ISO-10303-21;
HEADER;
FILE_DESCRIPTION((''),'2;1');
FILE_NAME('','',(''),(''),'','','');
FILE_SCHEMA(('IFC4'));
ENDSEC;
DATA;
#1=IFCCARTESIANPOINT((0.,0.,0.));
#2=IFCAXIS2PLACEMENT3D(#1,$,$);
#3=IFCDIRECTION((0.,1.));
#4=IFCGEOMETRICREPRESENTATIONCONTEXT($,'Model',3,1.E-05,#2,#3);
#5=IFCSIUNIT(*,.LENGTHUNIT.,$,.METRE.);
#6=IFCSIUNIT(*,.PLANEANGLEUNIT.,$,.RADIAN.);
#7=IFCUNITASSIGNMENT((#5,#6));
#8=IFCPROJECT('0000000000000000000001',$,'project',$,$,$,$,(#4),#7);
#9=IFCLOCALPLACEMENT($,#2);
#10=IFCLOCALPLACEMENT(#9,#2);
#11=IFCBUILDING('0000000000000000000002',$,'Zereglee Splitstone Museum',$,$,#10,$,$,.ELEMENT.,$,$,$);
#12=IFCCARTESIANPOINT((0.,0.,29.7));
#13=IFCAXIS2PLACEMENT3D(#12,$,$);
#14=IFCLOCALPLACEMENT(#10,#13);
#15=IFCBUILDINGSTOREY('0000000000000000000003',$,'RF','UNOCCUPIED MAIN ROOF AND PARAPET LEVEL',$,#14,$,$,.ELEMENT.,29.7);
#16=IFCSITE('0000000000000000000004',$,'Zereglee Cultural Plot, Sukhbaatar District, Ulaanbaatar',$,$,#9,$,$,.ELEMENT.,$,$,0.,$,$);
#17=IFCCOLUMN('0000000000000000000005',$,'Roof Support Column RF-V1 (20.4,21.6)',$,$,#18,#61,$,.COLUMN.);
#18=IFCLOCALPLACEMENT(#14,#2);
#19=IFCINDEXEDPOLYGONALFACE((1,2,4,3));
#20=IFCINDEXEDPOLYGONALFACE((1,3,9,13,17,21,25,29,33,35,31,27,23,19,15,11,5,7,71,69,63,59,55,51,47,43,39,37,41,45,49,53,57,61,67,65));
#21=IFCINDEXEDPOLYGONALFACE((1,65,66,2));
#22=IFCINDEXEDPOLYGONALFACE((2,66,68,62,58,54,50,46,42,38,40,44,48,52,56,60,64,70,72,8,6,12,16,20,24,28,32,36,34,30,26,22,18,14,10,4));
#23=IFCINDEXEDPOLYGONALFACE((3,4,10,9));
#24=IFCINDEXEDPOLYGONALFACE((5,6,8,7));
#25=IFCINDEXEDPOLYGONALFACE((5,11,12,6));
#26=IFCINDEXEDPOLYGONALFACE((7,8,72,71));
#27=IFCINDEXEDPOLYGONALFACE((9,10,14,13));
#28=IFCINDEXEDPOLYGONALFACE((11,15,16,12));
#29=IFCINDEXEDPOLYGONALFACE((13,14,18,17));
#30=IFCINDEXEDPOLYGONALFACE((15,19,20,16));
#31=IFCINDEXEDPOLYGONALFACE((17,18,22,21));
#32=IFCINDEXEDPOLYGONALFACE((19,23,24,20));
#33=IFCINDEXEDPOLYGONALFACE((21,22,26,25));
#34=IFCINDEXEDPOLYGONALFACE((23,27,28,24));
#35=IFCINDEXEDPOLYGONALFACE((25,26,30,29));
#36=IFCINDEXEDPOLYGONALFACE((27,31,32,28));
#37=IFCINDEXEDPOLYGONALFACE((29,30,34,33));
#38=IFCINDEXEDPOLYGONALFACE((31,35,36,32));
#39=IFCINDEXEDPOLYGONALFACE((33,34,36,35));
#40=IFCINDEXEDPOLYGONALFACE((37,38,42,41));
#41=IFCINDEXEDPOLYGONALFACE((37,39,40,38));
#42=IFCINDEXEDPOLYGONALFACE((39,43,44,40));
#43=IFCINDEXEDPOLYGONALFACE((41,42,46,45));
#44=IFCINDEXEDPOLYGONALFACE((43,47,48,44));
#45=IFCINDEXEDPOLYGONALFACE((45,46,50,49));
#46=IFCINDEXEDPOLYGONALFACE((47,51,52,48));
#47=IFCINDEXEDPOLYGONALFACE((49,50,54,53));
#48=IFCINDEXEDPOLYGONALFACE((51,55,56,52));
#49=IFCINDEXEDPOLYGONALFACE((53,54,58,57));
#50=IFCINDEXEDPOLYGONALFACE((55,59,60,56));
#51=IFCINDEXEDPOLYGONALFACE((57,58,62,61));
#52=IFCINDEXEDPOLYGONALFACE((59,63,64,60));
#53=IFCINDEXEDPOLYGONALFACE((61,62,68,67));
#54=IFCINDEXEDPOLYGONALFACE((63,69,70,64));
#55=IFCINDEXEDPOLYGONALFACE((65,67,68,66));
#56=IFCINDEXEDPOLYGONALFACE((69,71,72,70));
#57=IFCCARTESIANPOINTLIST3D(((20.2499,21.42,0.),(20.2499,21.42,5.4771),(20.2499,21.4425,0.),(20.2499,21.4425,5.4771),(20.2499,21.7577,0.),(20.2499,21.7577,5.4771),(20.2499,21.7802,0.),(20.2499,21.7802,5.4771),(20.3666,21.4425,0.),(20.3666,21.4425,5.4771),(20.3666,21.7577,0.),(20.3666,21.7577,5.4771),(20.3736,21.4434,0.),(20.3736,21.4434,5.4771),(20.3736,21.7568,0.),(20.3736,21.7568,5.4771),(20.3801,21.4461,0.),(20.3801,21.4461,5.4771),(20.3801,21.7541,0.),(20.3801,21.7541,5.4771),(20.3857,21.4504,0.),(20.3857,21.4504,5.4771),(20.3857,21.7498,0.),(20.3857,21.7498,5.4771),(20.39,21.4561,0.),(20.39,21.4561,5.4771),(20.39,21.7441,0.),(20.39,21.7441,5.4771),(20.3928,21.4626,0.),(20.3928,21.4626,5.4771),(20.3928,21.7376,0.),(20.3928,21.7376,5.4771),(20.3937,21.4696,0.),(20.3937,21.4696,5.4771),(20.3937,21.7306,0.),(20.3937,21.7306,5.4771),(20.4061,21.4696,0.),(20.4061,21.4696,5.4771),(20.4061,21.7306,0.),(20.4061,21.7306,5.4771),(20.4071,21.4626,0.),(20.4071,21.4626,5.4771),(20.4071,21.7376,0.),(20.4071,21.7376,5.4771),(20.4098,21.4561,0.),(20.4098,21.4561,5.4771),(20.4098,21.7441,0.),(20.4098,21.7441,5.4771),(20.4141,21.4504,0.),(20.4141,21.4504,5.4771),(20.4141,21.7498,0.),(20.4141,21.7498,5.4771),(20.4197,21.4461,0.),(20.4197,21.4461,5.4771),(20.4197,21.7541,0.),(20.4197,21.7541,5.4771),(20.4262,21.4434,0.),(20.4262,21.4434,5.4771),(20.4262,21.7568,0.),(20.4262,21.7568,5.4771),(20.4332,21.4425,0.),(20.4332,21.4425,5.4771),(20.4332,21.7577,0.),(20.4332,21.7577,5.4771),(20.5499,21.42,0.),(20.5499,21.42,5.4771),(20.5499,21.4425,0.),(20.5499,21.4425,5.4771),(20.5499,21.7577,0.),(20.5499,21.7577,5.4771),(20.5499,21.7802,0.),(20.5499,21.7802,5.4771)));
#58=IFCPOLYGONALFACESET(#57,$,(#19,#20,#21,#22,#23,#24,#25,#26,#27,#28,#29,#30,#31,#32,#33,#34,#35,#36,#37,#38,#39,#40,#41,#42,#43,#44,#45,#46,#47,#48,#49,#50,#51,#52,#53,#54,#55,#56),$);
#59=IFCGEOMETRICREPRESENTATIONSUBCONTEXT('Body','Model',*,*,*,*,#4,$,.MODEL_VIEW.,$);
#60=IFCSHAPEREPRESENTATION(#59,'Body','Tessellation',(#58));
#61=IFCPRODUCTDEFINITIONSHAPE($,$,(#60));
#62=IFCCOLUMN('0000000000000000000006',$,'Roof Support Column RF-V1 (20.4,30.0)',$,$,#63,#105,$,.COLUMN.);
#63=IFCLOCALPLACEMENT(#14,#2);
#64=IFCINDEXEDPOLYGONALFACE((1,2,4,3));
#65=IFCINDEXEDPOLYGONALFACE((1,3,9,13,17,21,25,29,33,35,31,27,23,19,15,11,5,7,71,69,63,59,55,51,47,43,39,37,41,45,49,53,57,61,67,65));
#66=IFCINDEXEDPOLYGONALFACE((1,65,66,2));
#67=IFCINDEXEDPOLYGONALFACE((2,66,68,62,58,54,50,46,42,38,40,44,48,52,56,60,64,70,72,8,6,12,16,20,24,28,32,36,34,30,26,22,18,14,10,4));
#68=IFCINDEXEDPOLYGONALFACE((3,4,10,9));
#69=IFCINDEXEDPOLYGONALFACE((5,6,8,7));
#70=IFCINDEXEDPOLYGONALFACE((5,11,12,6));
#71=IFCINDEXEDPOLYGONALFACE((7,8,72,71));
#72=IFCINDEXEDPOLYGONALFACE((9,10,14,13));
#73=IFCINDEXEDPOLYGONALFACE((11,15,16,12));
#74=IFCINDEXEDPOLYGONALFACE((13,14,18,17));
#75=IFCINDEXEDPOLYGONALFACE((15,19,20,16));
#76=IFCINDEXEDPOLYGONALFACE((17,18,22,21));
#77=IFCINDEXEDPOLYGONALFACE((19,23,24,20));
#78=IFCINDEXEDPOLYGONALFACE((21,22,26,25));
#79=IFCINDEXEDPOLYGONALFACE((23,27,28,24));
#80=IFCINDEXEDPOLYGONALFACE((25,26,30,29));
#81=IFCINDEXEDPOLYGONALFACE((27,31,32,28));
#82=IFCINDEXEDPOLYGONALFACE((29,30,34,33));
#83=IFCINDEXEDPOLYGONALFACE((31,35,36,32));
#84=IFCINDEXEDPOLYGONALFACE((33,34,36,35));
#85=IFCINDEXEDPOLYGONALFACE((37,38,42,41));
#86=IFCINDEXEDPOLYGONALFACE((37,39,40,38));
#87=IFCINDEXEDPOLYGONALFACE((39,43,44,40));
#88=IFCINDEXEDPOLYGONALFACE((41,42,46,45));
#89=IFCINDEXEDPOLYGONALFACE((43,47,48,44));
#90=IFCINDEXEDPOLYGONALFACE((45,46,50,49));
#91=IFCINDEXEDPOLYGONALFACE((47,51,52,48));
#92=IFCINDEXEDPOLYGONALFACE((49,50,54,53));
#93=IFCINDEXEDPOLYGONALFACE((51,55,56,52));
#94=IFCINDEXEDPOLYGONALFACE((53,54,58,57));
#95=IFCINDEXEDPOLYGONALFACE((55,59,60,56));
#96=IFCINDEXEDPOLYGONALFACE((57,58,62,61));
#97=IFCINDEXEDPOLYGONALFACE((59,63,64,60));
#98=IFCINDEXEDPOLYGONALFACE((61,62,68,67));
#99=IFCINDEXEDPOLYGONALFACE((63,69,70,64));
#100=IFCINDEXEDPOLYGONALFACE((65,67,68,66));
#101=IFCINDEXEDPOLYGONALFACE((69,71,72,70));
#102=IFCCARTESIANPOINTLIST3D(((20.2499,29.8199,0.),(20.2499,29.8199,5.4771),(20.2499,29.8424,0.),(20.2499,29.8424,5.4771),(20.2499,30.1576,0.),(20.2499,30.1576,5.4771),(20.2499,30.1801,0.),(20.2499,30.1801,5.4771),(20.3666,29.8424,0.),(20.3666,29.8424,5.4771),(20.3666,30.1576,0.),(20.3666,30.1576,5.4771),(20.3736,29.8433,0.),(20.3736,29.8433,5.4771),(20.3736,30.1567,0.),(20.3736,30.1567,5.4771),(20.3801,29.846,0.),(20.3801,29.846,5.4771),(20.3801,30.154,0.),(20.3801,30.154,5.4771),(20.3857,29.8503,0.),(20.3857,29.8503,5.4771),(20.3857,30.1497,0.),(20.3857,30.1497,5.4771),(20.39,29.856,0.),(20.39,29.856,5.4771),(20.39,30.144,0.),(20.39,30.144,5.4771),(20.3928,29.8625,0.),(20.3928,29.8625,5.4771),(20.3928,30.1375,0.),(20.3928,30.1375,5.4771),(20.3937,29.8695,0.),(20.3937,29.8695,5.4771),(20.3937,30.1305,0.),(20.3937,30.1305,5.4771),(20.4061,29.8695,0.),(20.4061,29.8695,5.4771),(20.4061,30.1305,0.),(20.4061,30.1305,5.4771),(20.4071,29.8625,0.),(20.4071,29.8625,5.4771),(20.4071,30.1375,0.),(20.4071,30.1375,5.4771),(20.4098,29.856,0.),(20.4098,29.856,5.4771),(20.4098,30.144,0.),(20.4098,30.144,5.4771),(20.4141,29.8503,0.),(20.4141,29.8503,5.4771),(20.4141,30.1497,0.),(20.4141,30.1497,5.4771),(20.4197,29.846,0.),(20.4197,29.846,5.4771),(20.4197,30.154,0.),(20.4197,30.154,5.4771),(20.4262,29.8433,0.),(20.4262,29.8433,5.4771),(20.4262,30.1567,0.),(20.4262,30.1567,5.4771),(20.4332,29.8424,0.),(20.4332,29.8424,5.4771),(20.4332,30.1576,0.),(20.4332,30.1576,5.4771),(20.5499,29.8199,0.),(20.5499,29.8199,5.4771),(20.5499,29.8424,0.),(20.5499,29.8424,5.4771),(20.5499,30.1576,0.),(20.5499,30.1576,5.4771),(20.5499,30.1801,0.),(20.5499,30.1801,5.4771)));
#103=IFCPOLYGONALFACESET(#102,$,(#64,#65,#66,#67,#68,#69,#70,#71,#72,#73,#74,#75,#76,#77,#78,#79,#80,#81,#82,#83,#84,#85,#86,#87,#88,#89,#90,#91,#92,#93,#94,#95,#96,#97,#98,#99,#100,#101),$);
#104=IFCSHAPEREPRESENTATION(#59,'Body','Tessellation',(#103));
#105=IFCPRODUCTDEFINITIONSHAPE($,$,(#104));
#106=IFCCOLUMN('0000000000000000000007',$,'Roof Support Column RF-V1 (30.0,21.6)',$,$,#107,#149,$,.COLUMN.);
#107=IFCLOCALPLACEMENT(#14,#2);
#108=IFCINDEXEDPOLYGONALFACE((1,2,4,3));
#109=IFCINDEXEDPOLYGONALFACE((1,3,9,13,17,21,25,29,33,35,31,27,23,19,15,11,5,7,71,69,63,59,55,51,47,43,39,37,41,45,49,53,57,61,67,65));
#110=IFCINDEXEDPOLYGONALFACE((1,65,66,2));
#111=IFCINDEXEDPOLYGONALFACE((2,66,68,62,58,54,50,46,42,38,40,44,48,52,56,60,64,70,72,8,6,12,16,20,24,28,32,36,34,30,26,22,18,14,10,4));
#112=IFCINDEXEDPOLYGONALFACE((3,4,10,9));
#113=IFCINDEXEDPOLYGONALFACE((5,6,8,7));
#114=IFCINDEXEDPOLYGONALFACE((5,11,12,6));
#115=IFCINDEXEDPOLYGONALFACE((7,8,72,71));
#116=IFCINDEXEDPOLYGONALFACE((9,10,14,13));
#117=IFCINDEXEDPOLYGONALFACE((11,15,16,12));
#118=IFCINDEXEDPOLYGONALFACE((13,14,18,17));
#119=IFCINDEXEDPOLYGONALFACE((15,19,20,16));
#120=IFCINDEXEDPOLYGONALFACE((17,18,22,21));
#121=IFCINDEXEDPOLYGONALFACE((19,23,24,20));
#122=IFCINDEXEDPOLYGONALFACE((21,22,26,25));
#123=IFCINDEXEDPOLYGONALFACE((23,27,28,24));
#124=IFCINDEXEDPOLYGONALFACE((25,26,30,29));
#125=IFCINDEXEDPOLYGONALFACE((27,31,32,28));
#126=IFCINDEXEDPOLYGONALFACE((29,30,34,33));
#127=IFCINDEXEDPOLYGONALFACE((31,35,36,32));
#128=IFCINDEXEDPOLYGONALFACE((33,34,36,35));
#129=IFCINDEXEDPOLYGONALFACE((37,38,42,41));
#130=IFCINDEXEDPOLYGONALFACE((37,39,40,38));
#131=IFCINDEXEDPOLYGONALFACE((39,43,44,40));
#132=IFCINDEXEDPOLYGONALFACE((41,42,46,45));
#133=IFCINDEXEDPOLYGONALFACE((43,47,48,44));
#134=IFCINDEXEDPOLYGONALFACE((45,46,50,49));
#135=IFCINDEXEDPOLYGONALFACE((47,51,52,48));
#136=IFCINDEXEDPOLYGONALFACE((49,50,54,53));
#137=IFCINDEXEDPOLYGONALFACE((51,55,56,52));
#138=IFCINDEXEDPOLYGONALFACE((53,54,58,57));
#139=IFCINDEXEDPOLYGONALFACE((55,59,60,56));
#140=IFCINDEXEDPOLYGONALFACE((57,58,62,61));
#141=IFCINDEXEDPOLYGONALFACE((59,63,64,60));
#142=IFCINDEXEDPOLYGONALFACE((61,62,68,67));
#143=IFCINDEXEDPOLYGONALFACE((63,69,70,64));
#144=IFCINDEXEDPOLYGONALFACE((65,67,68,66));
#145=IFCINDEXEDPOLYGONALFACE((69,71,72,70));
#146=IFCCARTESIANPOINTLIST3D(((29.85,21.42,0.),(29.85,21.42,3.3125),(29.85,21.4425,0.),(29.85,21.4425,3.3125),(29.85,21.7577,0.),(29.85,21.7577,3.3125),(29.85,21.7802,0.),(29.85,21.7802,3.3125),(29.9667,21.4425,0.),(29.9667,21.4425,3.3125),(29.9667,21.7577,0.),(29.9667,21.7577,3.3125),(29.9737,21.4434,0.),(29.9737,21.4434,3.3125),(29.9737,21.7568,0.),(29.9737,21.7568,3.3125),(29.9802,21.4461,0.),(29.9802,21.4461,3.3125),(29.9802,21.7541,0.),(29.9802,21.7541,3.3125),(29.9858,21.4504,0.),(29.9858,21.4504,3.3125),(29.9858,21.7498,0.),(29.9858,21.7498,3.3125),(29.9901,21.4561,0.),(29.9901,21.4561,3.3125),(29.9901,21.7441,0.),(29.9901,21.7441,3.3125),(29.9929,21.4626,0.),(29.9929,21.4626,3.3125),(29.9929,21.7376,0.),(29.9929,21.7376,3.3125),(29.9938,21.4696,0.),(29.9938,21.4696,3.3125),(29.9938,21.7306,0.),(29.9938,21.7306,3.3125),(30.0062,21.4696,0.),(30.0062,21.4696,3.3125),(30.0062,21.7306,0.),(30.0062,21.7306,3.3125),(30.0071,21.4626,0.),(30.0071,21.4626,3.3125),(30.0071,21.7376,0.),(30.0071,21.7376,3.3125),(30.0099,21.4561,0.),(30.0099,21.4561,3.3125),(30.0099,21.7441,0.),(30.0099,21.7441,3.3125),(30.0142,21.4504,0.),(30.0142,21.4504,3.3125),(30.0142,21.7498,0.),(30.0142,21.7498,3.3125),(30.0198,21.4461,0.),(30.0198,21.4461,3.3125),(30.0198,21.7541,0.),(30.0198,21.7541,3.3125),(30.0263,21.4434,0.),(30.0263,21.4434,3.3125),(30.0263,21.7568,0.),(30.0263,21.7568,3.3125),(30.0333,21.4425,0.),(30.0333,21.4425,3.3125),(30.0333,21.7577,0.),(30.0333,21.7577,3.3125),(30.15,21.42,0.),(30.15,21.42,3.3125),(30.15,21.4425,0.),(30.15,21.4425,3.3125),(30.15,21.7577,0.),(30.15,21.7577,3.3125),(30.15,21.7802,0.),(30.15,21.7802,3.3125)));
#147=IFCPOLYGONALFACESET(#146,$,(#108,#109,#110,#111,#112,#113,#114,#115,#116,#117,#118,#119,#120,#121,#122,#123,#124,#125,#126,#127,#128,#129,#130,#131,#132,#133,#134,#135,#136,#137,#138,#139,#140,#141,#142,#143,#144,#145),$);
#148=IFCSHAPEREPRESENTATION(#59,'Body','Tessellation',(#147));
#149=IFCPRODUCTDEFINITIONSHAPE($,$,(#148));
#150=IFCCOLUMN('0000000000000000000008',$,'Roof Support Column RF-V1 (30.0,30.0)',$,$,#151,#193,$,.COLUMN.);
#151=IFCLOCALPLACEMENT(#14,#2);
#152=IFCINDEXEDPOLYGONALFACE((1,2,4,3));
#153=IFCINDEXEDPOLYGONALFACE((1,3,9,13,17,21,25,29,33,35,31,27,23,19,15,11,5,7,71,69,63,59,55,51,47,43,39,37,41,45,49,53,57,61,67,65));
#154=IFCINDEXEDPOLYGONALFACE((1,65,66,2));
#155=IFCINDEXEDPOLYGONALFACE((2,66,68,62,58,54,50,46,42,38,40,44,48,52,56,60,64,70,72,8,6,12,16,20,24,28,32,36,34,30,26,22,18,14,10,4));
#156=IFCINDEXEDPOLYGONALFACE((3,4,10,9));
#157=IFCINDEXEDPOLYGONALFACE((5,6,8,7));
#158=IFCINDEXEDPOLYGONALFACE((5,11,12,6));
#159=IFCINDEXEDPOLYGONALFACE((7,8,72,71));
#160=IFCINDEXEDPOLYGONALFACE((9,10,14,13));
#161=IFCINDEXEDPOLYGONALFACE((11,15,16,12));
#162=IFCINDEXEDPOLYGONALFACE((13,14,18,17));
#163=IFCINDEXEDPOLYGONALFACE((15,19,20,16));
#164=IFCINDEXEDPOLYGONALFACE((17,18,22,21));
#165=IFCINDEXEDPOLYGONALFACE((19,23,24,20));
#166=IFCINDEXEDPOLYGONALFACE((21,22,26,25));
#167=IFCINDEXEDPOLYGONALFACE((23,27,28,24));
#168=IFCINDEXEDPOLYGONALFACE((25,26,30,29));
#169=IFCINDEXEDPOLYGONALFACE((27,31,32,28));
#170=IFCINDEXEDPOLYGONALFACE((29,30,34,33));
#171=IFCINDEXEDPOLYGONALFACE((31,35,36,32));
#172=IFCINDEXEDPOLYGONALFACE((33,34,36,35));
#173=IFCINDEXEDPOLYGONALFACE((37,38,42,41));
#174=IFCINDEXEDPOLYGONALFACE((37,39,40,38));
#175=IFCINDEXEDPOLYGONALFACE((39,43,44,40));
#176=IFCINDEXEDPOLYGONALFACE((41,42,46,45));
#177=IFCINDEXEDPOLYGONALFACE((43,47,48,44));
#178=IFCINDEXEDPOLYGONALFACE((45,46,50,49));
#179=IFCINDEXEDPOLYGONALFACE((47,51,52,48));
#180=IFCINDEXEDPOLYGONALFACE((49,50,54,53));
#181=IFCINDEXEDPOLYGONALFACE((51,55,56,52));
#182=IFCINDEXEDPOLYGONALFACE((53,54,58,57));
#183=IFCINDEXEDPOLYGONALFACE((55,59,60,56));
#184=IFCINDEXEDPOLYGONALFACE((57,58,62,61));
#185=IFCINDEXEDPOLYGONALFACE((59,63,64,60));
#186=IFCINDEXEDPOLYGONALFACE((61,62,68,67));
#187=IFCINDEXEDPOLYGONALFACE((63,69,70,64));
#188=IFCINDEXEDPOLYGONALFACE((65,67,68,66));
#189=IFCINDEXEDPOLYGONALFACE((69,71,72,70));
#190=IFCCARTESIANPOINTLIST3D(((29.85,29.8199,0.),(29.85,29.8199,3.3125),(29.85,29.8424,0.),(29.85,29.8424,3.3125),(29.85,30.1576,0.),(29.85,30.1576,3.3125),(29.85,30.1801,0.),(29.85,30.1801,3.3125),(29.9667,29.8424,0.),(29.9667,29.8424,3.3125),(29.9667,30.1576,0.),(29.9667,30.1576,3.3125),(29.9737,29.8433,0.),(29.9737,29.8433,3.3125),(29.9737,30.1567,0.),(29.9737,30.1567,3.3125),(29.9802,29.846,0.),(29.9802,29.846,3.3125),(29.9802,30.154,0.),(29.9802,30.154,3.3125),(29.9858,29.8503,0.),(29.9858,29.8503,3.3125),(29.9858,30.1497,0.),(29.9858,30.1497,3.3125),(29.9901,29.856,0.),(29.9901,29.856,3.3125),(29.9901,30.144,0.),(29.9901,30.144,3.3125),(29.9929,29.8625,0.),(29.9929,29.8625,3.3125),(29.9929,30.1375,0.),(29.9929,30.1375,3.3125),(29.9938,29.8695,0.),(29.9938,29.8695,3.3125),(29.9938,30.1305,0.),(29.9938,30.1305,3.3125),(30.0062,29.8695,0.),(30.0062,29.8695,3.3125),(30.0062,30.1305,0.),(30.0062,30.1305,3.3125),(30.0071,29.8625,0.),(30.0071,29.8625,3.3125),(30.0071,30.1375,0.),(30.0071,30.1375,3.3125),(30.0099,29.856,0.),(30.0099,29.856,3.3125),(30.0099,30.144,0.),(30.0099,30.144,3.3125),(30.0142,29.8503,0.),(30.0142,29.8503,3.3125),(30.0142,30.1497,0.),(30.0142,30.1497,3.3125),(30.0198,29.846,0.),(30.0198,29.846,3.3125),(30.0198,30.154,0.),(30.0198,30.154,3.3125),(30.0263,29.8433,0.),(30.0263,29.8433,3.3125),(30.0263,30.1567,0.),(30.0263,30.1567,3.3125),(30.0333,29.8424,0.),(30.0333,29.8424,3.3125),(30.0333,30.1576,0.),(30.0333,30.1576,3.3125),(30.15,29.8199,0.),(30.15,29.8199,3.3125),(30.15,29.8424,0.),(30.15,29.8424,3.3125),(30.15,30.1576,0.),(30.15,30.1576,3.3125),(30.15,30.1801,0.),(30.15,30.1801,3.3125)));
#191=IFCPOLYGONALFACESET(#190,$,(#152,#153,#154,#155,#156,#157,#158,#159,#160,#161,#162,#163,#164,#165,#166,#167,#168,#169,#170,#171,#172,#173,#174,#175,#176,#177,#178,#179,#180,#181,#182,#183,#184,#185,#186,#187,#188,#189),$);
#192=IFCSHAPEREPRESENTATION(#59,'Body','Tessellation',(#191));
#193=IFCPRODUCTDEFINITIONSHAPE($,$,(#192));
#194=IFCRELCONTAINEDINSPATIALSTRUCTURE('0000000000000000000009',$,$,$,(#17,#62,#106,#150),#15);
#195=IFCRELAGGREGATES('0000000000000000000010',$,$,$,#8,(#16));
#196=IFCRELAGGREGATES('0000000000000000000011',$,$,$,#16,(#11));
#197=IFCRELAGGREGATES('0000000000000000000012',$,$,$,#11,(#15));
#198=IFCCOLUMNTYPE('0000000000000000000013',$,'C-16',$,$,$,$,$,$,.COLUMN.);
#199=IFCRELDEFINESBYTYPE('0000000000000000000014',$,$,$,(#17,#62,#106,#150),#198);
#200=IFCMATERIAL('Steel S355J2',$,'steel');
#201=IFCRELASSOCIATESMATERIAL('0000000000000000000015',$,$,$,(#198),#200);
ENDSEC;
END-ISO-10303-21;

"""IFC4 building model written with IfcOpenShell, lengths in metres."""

from ifc_helpers import new_model, si_unit, direction, frame, origin, origin_2d, place, context, subcontext, project, spatial, i_section, extrude, material, material_profile, profile_set, type_object, element, save


model = new_model("IFC4")

# Units and contexts
model_context = context("Model", 3, precision=1e-05, world=origin(), true_north=direction((0.0, 1.0)))
body_context = subcontext(model_context, "Body", "Model", "MODEL_VIEW")
ifc_project = project(units=[si_unit("LENGTHUNIT", "METRE"), si_unit("PLANEANGLEUNIT", "RADIAN")], contexts=[model_context])

# Site, building, storey
site_placement = place(None, origin())
site = spatial("IfcSite", under=ifc_project, at=site_placement, Name="Zereglee Cultural Plot, Sukhbaatar District, Ulaanbaatar", CompositionType="ELEMENT", RefElevation=0.0)
building_placement = place(site_placement, origin())
building = spatial("IfcBuilding", under=site, at=building_placement, Name="Zereglee Splitstone Museum", CompositionType="ELEMENT")
storey_placement = place(building_placement, frame((0.0, 0.0, 29.7)))
storey = spatial("IfcBuildingStorey", under=building, at=storey_placement, Name="RF", Description="UNOCCUPIED MAIN ROOF AND PARAPET LEVEL", CompositionType="ELEMENT", Elevation=29.7)

# Columns
ifc_material_1 = material(Name="Steel S355J2", Category="steel")
ifc_material_profile_1 = material_profile(ifc_material_1, i_section(OverallWidth=0.3, OverallDepth=0.3601, WebThickness=0.0125, FlangeThickness=0.0225, FilletRadius=0.0271, at=origin_2d()), Name="HE 360 B")
ifc_profile_set_1 = profile_set([ifc_material_profile_1], Name="Steel S355J2")
column_type = type_object("IfcColumnType", Name="C-16", PredefinedType="COLUMN", material=ifc_profile_set_1)
for number, where, z_axis, x_axis, name in (
    (1, (20.3999, 21.6001, 0.0), (0.0, 0.0, 1.0), (1.0, 0.0, 0.0), "Roof Support Column RF-V1 (20.4,21.6)"),
    (2, (20.3999, 30.0, 0.0), (0.0, 0.0, 1.0), (1.0, 0.0, 0.0), "Roof Support Column RF-V1 (20.4,30.0)"),
):
    element("IfcColumn", number, at=place(storey_placement, frame(where, z_axis=z_axis, x_axis=x_axis)), inside=storey, type_object=column_type, Name=name, PredefinedType="COLUMN", context=body_context, shape_type="SweptSolid", body=[
        extrude(i_section(OverallWidth=0.3, OverallDepth=0.3601, WebThickness=0.0125, FlangeThickness=0.0225, FilletRadius=0.0271, at=origin_2d()), origin(), (0.0, 0.0, 1.0), 5.4771),
    ])
for number, where, z_axis, x_axis, name in (
    (3, (30.0, 21.6001, 0.0), (0.0, 0.0, 1.0), (1.0, 0.0, 0.0), "Roof Support Column RF-V1 (30.0,21.6)"),
    (4, (30.0, 30.0, 0.0), (0.0, 0.0, 1.0), (1.0, 0.0, 0.0), "Roof Support Column RF-V1 (30.0,30.0)"),
):
    element("IfcColumn", number, at=place(storey_placement, frame(where, z_axis=z_axis, x_axis=x_axis)), inside=storey, type_object=column_type, Name=name, PredefinedType="COLUMN", context=body_context, shape_type="SweptSolid", body=[
        extrude(i_section(OverallWidth=0.3, OverallDepth=0.3601, WebThickness=0.0125, FlangeThickness=0.0225, FilletRadius=0.0271, at=origin_2d()), origin(), (0.0, 0.0, 1.0), 3.3125),
    ])

save(model, "model.ifc")
